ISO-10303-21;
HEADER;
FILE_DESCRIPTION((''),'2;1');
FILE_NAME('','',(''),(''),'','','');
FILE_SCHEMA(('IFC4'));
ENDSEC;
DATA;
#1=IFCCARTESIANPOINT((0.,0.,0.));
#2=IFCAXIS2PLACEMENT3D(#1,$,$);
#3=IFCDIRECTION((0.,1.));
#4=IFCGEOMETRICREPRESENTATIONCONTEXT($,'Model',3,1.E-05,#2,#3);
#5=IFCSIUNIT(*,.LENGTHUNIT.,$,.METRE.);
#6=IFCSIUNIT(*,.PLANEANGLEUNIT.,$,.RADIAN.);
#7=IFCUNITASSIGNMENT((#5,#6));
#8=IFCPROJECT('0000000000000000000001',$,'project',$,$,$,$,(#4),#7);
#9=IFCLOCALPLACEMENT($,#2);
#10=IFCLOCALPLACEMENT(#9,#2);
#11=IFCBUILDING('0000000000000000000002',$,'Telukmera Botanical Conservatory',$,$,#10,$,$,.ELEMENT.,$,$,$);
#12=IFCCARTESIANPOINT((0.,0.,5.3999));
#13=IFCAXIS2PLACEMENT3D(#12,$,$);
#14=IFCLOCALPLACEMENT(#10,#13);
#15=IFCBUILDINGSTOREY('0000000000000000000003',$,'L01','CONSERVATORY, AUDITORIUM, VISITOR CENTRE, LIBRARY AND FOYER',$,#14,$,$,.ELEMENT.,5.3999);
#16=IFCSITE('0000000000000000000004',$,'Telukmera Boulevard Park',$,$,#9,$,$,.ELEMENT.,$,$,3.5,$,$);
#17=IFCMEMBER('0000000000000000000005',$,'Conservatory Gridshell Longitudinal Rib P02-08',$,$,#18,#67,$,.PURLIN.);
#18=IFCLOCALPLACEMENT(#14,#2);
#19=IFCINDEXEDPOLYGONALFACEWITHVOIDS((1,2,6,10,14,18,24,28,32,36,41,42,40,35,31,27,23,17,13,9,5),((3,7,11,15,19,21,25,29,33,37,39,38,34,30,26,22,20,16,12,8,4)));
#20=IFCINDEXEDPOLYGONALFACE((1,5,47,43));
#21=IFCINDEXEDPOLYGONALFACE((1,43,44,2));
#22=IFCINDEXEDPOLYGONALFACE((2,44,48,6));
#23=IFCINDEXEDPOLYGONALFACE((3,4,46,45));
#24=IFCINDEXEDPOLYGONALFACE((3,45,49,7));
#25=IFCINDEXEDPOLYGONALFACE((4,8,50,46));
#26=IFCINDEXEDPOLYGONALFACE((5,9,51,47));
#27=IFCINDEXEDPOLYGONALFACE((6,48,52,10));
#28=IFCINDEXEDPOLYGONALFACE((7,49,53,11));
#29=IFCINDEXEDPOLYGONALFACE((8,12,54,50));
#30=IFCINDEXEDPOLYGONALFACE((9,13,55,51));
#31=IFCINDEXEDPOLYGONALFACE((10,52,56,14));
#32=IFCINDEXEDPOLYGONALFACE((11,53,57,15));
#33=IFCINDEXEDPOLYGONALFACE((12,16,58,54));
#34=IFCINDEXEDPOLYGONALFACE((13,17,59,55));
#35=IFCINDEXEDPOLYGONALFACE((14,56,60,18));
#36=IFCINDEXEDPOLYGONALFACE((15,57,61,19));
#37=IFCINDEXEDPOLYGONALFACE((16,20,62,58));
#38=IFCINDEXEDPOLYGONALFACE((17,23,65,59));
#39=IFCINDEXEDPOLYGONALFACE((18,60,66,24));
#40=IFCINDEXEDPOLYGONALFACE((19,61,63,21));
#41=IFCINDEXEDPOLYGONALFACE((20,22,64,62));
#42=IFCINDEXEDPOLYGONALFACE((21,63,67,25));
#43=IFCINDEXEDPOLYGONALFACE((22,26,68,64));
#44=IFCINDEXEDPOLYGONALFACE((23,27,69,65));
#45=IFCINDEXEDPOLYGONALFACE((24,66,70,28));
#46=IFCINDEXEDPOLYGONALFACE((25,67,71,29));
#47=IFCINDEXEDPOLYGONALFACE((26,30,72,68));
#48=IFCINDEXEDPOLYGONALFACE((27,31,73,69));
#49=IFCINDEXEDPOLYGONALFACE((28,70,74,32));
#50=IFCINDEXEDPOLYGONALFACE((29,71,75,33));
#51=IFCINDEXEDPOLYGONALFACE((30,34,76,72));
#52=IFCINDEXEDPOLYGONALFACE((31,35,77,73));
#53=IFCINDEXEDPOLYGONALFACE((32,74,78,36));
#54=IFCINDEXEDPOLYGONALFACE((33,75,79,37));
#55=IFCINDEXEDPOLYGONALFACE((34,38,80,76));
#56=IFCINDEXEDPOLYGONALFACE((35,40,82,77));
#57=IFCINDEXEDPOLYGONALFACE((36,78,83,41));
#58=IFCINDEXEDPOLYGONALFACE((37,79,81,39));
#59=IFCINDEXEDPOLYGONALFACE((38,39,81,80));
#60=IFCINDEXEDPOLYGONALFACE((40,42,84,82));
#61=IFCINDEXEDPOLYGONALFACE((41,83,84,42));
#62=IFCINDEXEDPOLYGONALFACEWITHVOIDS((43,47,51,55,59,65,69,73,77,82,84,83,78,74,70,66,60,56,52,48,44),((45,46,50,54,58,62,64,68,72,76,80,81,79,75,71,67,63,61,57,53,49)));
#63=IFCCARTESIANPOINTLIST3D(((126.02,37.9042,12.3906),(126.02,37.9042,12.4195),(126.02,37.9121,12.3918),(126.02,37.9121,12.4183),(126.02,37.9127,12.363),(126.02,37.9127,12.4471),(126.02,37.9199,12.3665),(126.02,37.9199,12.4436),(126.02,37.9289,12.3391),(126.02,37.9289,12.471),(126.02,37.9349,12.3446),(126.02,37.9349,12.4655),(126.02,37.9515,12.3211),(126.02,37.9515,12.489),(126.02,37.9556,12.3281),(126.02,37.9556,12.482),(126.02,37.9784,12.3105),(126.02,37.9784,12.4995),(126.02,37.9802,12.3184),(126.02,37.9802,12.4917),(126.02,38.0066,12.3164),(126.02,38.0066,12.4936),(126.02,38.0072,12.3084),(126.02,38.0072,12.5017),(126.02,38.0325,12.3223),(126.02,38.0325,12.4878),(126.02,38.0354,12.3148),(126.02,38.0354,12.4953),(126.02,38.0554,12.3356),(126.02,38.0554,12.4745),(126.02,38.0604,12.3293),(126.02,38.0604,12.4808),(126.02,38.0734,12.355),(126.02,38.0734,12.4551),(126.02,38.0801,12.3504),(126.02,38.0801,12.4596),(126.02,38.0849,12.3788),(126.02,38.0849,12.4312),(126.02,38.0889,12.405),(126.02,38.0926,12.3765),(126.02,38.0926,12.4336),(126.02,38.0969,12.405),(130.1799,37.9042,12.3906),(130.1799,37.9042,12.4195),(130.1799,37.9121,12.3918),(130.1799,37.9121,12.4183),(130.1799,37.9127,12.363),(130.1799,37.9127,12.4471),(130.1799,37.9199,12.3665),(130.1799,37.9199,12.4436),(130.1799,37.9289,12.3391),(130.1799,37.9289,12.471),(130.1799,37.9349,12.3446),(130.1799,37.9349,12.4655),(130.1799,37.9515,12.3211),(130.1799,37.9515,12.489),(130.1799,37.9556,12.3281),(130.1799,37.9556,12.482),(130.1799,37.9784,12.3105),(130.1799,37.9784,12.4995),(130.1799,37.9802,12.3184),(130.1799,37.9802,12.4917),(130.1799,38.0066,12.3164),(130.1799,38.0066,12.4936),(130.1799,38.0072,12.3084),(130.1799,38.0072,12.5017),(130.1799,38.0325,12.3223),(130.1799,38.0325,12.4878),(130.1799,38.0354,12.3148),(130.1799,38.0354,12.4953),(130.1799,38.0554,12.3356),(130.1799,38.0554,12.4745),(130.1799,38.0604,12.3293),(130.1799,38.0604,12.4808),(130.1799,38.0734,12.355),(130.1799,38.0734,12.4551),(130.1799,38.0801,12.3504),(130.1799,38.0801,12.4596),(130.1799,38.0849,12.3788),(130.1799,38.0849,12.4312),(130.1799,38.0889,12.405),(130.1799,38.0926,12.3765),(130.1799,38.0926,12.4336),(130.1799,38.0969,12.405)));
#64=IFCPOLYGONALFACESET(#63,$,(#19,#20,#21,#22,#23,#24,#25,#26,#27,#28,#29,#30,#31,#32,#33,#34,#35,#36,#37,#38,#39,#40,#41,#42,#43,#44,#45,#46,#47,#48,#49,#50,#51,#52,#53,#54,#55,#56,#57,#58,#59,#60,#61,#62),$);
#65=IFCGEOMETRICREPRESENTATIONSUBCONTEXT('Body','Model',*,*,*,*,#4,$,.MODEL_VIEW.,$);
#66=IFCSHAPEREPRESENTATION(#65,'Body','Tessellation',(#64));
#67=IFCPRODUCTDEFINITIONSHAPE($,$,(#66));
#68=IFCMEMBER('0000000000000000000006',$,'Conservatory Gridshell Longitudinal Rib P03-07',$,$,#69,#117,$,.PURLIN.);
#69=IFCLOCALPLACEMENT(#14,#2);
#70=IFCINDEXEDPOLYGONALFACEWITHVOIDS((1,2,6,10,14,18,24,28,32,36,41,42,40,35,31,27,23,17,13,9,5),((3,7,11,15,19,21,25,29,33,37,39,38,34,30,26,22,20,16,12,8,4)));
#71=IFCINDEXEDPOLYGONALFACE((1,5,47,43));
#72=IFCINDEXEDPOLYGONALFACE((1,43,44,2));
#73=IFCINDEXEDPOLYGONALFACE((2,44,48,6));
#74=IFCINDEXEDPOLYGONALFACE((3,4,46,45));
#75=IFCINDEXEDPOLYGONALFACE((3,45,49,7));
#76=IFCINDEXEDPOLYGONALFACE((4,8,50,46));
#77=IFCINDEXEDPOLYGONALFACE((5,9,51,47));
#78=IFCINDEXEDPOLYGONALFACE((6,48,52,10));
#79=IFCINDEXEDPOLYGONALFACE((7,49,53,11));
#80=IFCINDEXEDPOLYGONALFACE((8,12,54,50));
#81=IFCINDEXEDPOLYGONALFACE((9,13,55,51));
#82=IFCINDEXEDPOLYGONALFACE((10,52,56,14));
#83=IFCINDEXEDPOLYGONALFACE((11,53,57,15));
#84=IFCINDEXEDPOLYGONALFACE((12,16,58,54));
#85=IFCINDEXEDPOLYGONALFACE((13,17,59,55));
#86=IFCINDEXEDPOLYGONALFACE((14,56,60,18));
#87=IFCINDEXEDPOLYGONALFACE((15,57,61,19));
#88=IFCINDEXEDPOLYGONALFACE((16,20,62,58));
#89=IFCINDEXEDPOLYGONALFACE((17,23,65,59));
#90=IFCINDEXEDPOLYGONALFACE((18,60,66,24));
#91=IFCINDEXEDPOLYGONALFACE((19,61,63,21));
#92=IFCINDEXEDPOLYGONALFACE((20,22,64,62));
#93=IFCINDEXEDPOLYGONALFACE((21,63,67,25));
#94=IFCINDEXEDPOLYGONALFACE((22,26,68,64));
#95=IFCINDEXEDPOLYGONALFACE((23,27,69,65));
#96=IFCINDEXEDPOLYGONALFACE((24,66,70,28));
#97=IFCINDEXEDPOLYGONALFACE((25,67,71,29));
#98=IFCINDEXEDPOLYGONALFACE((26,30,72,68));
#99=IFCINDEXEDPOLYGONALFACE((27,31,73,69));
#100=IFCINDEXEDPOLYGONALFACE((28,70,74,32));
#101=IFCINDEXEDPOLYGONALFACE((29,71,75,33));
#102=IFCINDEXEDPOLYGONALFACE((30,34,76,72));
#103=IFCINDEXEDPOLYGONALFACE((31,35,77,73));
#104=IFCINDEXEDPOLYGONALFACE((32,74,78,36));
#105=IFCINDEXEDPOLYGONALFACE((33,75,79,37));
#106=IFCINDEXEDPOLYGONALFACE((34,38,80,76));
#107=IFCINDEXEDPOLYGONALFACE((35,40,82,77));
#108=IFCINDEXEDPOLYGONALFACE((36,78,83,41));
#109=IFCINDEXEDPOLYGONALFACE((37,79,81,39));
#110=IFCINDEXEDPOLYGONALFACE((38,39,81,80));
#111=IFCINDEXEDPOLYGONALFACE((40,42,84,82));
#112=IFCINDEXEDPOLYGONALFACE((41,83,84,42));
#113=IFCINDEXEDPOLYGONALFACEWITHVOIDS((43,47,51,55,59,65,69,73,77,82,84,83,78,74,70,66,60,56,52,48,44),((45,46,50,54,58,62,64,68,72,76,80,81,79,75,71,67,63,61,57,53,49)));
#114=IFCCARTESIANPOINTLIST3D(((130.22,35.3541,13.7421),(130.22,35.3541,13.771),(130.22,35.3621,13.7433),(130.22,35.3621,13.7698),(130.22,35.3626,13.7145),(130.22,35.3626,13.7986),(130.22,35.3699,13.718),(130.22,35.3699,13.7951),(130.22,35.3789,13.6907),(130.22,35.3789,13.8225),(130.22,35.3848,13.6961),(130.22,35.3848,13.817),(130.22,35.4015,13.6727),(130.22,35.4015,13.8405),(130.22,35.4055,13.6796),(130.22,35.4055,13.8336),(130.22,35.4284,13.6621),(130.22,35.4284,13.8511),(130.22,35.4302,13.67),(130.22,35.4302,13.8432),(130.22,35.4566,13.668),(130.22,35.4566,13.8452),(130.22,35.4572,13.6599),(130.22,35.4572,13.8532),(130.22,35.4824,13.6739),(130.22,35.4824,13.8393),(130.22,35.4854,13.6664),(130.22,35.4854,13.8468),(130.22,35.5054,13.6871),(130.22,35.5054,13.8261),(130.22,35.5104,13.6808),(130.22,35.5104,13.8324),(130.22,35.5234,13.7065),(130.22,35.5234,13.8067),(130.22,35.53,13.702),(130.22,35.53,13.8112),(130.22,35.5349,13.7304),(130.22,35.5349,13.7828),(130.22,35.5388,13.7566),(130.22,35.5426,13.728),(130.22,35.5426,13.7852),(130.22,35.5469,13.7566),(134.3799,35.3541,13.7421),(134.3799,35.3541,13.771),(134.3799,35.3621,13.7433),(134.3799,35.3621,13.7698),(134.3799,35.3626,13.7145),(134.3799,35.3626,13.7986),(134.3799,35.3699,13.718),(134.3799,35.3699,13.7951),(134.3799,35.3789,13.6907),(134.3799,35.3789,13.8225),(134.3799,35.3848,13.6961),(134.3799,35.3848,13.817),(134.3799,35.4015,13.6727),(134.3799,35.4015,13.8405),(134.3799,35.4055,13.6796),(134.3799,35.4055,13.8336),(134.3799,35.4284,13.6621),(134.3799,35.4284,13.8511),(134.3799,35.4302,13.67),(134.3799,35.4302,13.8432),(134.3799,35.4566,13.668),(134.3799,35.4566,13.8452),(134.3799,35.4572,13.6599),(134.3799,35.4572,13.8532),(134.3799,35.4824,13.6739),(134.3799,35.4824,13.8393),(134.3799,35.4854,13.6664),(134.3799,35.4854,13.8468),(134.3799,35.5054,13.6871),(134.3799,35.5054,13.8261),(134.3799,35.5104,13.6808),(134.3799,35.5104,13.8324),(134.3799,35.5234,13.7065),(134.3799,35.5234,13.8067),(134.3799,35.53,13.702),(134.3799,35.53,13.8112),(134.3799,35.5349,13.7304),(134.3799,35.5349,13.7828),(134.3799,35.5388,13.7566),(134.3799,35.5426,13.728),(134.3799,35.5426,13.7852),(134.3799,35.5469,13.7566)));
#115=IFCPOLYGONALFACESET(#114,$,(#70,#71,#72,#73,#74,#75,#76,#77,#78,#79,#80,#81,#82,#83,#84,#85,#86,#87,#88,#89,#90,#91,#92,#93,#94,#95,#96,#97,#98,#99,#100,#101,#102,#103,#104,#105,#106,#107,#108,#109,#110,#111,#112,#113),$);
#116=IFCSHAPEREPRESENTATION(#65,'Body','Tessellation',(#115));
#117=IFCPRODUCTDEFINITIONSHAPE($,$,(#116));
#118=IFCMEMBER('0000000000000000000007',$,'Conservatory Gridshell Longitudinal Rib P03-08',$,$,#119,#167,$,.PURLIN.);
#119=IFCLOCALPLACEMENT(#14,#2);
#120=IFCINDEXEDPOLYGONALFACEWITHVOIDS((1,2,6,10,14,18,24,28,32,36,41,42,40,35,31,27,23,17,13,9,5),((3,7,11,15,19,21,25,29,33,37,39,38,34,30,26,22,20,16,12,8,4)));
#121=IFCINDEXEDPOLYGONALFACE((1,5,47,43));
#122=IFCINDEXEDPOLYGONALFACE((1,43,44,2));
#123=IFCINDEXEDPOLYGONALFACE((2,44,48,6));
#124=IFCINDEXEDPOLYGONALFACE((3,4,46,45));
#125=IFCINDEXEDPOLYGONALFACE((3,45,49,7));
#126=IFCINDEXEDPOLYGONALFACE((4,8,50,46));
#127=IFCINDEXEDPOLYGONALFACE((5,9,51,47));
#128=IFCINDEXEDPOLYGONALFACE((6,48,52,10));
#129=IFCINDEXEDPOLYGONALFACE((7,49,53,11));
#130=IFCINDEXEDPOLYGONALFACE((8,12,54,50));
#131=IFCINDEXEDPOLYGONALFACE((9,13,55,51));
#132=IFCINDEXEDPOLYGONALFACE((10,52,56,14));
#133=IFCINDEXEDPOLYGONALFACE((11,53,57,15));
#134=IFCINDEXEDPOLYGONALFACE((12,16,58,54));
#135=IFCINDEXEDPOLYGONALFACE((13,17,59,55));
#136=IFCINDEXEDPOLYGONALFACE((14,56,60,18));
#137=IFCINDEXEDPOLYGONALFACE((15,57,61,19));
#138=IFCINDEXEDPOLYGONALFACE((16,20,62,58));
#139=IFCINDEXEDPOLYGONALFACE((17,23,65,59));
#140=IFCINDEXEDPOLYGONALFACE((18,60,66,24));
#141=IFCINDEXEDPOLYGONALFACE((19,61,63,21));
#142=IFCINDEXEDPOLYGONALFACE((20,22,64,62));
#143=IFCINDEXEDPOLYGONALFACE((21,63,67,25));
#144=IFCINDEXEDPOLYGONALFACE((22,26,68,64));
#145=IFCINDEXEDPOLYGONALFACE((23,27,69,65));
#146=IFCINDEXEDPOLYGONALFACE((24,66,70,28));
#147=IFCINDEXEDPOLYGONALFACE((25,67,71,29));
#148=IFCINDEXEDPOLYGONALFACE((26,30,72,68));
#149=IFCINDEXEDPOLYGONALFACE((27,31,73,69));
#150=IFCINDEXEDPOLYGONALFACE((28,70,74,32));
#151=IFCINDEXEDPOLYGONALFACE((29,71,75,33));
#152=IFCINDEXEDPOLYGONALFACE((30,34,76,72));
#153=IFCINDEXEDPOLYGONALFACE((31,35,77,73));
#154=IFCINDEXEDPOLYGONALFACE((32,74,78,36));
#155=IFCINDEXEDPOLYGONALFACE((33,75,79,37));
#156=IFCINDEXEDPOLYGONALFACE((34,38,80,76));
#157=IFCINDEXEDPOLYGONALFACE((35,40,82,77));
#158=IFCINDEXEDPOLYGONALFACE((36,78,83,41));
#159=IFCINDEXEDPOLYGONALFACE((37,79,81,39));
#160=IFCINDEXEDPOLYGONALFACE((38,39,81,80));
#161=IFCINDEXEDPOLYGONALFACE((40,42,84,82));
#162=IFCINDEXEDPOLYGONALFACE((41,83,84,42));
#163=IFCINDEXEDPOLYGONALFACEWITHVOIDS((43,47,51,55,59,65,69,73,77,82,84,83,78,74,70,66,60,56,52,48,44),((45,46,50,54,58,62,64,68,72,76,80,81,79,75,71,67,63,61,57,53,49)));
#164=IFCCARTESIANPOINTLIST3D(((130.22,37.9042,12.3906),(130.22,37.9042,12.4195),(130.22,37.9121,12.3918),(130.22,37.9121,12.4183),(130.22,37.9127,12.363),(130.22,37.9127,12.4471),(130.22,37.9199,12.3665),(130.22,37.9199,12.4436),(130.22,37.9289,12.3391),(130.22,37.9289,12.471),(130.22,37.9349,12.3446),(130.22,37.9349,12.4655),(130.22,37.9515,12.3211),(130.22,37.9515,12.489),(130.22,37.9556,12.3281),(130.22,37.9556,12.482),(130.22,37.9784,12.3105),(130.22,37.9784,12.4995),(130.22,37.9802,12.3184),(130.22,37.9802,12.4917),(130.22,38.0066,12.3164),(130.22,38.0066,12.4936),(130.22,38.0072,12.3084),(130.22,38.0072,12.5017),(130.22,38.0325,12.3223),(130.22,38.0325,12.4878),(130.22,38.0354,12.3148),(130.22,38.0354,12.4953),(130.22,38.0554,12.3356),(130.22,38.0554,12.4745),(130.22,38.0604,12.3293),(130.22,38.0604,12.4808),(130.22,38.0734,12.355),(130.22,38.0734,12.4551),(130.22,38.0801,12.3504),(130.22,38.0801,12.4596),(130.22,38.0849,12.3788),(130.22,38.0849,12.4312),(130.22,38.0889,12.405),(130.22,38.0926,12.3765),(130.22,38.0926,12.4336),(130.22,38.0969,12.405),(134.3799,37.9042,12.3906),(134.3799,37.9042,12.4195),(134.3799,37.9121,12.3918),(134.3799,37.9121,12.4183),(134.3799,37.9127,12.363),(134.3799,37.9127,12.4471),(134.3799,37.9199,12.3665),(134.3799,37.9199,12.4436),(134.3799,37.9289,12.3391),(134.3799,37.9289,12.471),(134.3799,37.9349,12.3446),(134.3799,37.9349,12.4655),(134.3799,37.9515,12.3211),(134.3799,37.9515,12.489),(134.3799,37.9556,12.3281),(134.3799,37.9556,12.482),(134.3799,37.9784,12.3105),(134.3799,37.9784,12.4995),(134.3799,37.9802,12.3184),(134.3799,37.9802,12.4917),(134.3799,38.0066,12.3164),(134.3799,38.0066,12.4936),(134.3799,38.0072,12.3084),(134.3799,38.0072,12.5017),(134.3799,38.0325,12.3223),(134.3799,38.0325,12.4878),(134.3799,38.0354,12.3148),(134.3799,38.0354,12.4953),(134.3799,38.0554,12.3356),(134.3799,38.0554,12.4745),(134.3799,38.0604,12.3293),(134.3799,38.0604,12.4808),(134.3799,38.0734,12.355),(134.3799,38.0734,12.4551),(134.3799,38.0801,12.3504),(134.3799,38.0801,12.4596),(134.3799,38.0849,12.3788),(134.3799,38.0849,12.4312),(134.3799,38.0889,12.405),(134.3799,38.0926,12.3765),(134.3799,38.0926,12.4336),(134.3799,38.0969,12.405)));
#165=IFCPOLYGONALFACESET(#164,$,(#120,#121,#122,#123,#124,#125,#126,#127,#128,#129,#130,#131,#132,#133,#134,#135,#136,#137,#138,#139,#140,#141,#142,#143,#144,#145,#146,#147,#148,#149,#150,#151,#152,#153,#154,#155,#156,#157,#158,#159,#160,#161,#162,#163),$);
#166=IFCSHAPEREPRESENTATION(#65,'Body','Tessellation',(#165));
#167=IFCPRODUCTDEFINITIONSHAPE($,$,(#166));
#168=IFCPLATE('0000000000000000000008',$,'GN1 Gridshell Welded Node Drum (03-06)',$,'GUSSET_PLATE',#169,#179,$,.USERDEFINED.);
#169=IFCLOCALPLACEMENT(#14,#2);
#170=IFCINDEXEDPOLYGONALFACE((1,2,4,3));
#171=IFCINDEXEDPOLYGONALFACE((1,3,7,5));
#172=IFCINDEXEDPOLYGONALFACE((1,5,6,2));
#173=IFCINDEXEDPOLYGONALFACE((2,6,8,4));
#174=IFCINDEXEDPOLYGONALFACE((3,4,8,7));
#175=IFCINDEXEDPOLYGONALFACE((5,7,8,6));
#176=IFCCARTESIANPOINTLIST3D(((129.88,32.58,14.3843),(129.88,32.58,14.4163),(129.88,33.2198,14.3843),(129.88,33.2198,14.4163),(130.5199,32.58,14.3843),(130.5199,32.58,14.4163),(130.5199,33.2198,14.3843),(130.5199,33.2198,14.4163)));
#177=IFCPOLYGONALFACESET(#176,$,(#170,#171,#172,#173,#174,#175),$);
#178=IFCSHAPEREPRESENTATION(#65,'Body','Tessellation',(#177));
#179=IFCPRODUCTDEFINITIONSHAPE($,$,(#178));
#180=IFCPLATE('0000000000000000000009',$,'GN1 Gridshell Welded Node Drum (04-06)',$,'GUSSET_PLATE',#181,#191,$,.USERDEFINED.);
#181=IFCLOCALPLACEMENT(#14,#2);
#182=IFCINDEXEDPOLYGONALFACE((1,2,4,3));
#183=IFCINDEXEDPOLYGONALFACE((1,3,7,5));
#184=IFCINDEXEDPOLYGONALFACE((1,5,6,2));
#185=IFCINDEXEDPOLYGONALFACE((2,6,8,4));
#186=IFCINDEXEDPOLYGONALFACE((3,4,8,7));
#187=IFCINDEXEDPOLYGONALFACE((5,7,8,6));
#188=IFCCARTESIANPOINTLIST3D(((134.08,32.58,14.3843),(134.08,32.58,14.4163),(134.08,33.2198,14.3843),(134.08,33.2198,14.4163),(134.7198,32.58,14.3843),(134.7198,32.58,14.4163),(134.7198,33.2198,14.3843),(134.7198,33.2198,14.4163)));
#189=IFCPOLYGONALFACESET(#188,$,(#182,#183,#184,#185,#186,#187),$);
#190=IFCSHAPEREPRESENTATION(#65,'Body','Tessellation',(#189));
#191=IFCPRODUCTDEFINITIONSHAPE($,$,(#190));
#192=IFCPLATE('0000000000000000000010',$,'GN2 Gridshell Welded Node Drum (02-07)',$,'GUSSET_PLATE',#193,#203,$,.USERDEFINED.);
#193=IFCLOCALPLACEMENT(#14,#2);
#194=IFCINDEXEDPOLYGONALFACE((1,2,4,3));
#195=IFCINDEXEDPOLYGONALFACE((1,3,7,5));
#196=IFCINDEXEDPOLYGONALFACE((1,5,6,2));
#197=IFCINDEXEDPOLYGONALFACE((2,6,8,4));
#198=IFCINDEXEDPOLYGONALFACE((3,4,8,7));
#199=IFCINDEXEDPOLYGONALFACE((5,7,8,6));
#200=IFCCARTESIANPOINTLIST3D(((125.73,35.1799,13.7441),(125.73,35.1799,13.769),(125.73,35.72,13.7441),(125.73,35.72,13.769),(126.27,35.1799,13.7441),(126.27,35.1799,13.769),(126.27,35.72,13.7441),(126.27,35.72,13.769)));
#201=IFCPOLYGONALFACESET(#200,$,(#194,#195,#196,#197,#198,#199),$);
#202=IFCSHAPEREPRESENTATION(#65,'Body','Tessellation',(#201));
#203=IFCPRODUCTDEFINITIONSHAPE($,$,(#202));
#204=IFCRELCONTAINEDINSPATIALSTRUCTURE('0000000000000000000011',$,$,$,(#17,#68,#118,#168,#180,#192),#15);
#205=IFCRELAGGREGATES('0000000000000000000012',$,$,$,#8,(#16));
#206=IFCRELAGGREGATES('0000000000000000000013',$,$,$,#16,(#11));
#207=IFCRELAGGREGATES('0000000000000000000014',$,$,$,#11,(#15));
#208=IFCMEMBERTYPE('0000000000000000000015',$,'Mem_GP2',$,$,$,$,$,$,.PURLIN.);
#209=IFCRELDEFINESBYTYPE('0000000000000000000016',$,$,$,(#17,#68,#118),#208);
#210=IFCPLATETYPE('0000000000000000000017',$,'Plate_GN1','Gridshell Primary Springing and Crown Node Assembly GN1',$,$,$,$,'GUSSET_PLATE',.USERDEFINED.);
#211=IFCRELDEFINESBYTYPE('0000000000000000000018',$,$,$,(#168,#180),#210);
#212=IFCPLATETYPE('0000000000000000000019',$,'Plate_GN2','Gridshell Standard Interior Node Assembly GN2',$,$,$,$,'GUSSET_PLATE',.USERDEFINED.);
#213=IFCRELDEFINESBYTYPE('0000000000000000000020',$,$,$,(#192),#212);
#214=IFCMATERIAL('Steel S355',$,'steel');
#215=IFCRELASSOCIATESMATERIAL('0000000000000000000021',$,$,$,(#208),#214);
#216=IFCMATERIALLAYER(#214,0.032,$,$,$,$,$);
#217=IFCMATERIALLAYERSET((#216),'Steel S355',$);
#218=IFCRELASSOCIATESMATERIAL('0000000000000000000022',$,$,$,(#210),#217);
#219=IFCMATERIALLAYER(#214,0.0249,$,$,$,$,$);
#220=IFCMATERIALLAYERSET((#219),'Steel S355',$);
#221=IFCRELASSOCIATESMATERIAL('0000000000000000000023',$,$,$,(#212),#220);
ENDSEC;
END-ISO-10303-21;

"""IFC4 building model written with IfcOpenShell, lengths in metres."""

from ifc_helpers import new_model, si_unit, direction, frame, origin, origin_2d, place, context, subcontext, project, spatial, rectangle, hollow_circle, extrude, material, layer, layer_set, material_profile, profile_set, type_object, element, save


model = new_model("IFC4")

# Units and contexts
model_context = context("Model", 3, precision=1e-05, world=origin(), true_north=direction((0.0, 1.0)))
body_context = subcontext(model_context, "Body", "Model", "MODEL_VIEW")
ifc_project = project(units=[si_unit("LENGTHUNIT", "METRE"), si_unit("PLANEANGLEUNIT", "RADIAN")], contexts=[model_context])

# Site, building, storey
site_placement = place(None, origin())
site = spatial("IfcSite", under=ifc_project, at=site_placement, Name="Telukmera Boulevard Park", CompositionType="ELEMENT", RefElevation=3.5)
building_placement = place(site_placement, origin())
building = spatial("IfcBuilding", under=site, at=building_placement, Name="Telukmera Botanical Conservatory", CompositionType="ELEMENT")
storey_placement = place(building_placement, frame((0.0, 0.0, 5.3999)))
storey = spatial("IfcBuildingStorey", under=building, at=storey_placement, Name="L01", Description="CONSERVATORY, AUDITORIUM, VISITOR CENTRE, LIBRARY AND FOYER", CompositionType="ELEMENT", Elevation=5.3999)

# Shared definitions
ifc_material_1 = material(Name="Steel S355", Category="steel")

# Members
ifc_material_profile_1 = material_profile(ifc_material_1, hollow_circle(Radius=0.0969, WallThickness=0.0081, at=origin_2d()), Name="CHS 193.7x8.0")
ifc_profile_set_1 = profile_set([ifc_material_profile_1], Name="Steel S355")
member_type_1 = type_object("IfcMemberType", Name="Mem_GP2", PredefinedType="PURLIN", material=ifc_profile_set_1)
for number, where, z_axis, x_axis, name in (
    (1, (126.02, 38.0, 12.405), (1.0, 0.0, 0.0), (0.0, 1.0, 0.0), "Conservatory Gridshell Longitudinal Rib P02-08"),
    (2, (130.22, 35.45, 13.7566), (1.0, 0.0, 0.0), (0.0, 1.0, 0.0), "Conservatory Gridshell Longitudinal Rib P03-07"),
    (3, (130.22, 38.0, 12.405), (1.0, 0.0, 0.0), (0.0, 1.0, 0.0), "Conservatory Gridshell Longitudinal Rib P03-08"),
):
    element("IfcMember", number, at=place(storey_placement, frame(where, z_axis=z_axis, x_axis=x_axis)), inside=storey, type_object=member_type_1, Name=name, PredefinedType="PURLIN", context=body_context, shape_type="SweptSolid", body=[
        extrude(hollow_circle(Radius=0.0969, WallThickness=0.0081, at=origin_2d()), origin(), (0.0, 0.0, 1.0), 4.1599),
    ])

# Plates
ifc_layer_1 = layer(ifc_material_1, 0.032)
ifc_layer_set_1 = layer_set([ifc_layer_1], Name="Steel S355")
plate_type_1 = type_object("IfcPlateType", Name="Plate_GN1", Description="Gridshell Primary Springing and Crown Node Assembly GN1", ElementType="GUSSET_PLATE", PredefinedType="USERDEFINED", material=ifc_layer_set_1)
for number, where, z_axis, x_axis, name in (
    (4, (130.2, 32.8999, 14.3843), (0.0, 0.0, 1.0), (1.0, 0.0, 0.0), "GN1 Gridshell Welded Node Drum (03-06)"),
    (5, (134.3999, 32.8999, 14.3843), (0.0, 0.0, 1.0), (1.0, 0.0, 0.0), "GN1 Gridshell Welded Node Drum (04-06)"),
):
    element("IfcPlate", number, at=place(storey_placement, frame(where, z_axis=z_axis, x_axis=x_axis)), inside=storey, type_object=plate_type_1, Name=name, ObjectType="GUSSET_PLATE", PredefinedType="USERDEFINED", context=body_context, shape_type="SweptSolid", body=[
        extrude(rectangle(XDim=0.6399, YDim=0.6399, at=origin_2d()), origin(), (0.0, 0.0, 1.0), 0.032),
    ])
ifc_layer_2 = layer(ifc_material_1, 0.0249)
ifc_layer_set_2 = layer_set([ifc_layer_2], Name="Steel S355")
plate_type_2 = type_object("IfcPlateType", Name="Plate_GN2", Description="Gridshell Standard Interior Node Assembly GN2", ElementType="GUSSET_PLATE", PredefinedType="USERDEFINED", material=ifc_layer_set_2)
for number, where, z_axis, x_axis, name in (
    (6, (126.0, 35.45, 13.7441), (0.0, 0.0, 1.0), (1.0, 0.0, 0.0), "GN2 Gridshell Welded Node Drum (02-07)"),
):
    element("IfcPlate", number, at=place(storey_placement, frame(where, z_axis=z_axis, x_axis=x_axis)), inside=storey, type_object=plate_type_2, Name=name, ObjectType="GUSSET_PLATE", PredefinedType="USERDEFINED", context=body_context, shape_type="SweptSolid", body=[
        extrude(rectangle(XDim=0.54, YDim=0.54, at=origin_2d()), origin(), (0.0, 0.0, 1.0), 0.0249),
    ])

save(model, "model.ifc")
